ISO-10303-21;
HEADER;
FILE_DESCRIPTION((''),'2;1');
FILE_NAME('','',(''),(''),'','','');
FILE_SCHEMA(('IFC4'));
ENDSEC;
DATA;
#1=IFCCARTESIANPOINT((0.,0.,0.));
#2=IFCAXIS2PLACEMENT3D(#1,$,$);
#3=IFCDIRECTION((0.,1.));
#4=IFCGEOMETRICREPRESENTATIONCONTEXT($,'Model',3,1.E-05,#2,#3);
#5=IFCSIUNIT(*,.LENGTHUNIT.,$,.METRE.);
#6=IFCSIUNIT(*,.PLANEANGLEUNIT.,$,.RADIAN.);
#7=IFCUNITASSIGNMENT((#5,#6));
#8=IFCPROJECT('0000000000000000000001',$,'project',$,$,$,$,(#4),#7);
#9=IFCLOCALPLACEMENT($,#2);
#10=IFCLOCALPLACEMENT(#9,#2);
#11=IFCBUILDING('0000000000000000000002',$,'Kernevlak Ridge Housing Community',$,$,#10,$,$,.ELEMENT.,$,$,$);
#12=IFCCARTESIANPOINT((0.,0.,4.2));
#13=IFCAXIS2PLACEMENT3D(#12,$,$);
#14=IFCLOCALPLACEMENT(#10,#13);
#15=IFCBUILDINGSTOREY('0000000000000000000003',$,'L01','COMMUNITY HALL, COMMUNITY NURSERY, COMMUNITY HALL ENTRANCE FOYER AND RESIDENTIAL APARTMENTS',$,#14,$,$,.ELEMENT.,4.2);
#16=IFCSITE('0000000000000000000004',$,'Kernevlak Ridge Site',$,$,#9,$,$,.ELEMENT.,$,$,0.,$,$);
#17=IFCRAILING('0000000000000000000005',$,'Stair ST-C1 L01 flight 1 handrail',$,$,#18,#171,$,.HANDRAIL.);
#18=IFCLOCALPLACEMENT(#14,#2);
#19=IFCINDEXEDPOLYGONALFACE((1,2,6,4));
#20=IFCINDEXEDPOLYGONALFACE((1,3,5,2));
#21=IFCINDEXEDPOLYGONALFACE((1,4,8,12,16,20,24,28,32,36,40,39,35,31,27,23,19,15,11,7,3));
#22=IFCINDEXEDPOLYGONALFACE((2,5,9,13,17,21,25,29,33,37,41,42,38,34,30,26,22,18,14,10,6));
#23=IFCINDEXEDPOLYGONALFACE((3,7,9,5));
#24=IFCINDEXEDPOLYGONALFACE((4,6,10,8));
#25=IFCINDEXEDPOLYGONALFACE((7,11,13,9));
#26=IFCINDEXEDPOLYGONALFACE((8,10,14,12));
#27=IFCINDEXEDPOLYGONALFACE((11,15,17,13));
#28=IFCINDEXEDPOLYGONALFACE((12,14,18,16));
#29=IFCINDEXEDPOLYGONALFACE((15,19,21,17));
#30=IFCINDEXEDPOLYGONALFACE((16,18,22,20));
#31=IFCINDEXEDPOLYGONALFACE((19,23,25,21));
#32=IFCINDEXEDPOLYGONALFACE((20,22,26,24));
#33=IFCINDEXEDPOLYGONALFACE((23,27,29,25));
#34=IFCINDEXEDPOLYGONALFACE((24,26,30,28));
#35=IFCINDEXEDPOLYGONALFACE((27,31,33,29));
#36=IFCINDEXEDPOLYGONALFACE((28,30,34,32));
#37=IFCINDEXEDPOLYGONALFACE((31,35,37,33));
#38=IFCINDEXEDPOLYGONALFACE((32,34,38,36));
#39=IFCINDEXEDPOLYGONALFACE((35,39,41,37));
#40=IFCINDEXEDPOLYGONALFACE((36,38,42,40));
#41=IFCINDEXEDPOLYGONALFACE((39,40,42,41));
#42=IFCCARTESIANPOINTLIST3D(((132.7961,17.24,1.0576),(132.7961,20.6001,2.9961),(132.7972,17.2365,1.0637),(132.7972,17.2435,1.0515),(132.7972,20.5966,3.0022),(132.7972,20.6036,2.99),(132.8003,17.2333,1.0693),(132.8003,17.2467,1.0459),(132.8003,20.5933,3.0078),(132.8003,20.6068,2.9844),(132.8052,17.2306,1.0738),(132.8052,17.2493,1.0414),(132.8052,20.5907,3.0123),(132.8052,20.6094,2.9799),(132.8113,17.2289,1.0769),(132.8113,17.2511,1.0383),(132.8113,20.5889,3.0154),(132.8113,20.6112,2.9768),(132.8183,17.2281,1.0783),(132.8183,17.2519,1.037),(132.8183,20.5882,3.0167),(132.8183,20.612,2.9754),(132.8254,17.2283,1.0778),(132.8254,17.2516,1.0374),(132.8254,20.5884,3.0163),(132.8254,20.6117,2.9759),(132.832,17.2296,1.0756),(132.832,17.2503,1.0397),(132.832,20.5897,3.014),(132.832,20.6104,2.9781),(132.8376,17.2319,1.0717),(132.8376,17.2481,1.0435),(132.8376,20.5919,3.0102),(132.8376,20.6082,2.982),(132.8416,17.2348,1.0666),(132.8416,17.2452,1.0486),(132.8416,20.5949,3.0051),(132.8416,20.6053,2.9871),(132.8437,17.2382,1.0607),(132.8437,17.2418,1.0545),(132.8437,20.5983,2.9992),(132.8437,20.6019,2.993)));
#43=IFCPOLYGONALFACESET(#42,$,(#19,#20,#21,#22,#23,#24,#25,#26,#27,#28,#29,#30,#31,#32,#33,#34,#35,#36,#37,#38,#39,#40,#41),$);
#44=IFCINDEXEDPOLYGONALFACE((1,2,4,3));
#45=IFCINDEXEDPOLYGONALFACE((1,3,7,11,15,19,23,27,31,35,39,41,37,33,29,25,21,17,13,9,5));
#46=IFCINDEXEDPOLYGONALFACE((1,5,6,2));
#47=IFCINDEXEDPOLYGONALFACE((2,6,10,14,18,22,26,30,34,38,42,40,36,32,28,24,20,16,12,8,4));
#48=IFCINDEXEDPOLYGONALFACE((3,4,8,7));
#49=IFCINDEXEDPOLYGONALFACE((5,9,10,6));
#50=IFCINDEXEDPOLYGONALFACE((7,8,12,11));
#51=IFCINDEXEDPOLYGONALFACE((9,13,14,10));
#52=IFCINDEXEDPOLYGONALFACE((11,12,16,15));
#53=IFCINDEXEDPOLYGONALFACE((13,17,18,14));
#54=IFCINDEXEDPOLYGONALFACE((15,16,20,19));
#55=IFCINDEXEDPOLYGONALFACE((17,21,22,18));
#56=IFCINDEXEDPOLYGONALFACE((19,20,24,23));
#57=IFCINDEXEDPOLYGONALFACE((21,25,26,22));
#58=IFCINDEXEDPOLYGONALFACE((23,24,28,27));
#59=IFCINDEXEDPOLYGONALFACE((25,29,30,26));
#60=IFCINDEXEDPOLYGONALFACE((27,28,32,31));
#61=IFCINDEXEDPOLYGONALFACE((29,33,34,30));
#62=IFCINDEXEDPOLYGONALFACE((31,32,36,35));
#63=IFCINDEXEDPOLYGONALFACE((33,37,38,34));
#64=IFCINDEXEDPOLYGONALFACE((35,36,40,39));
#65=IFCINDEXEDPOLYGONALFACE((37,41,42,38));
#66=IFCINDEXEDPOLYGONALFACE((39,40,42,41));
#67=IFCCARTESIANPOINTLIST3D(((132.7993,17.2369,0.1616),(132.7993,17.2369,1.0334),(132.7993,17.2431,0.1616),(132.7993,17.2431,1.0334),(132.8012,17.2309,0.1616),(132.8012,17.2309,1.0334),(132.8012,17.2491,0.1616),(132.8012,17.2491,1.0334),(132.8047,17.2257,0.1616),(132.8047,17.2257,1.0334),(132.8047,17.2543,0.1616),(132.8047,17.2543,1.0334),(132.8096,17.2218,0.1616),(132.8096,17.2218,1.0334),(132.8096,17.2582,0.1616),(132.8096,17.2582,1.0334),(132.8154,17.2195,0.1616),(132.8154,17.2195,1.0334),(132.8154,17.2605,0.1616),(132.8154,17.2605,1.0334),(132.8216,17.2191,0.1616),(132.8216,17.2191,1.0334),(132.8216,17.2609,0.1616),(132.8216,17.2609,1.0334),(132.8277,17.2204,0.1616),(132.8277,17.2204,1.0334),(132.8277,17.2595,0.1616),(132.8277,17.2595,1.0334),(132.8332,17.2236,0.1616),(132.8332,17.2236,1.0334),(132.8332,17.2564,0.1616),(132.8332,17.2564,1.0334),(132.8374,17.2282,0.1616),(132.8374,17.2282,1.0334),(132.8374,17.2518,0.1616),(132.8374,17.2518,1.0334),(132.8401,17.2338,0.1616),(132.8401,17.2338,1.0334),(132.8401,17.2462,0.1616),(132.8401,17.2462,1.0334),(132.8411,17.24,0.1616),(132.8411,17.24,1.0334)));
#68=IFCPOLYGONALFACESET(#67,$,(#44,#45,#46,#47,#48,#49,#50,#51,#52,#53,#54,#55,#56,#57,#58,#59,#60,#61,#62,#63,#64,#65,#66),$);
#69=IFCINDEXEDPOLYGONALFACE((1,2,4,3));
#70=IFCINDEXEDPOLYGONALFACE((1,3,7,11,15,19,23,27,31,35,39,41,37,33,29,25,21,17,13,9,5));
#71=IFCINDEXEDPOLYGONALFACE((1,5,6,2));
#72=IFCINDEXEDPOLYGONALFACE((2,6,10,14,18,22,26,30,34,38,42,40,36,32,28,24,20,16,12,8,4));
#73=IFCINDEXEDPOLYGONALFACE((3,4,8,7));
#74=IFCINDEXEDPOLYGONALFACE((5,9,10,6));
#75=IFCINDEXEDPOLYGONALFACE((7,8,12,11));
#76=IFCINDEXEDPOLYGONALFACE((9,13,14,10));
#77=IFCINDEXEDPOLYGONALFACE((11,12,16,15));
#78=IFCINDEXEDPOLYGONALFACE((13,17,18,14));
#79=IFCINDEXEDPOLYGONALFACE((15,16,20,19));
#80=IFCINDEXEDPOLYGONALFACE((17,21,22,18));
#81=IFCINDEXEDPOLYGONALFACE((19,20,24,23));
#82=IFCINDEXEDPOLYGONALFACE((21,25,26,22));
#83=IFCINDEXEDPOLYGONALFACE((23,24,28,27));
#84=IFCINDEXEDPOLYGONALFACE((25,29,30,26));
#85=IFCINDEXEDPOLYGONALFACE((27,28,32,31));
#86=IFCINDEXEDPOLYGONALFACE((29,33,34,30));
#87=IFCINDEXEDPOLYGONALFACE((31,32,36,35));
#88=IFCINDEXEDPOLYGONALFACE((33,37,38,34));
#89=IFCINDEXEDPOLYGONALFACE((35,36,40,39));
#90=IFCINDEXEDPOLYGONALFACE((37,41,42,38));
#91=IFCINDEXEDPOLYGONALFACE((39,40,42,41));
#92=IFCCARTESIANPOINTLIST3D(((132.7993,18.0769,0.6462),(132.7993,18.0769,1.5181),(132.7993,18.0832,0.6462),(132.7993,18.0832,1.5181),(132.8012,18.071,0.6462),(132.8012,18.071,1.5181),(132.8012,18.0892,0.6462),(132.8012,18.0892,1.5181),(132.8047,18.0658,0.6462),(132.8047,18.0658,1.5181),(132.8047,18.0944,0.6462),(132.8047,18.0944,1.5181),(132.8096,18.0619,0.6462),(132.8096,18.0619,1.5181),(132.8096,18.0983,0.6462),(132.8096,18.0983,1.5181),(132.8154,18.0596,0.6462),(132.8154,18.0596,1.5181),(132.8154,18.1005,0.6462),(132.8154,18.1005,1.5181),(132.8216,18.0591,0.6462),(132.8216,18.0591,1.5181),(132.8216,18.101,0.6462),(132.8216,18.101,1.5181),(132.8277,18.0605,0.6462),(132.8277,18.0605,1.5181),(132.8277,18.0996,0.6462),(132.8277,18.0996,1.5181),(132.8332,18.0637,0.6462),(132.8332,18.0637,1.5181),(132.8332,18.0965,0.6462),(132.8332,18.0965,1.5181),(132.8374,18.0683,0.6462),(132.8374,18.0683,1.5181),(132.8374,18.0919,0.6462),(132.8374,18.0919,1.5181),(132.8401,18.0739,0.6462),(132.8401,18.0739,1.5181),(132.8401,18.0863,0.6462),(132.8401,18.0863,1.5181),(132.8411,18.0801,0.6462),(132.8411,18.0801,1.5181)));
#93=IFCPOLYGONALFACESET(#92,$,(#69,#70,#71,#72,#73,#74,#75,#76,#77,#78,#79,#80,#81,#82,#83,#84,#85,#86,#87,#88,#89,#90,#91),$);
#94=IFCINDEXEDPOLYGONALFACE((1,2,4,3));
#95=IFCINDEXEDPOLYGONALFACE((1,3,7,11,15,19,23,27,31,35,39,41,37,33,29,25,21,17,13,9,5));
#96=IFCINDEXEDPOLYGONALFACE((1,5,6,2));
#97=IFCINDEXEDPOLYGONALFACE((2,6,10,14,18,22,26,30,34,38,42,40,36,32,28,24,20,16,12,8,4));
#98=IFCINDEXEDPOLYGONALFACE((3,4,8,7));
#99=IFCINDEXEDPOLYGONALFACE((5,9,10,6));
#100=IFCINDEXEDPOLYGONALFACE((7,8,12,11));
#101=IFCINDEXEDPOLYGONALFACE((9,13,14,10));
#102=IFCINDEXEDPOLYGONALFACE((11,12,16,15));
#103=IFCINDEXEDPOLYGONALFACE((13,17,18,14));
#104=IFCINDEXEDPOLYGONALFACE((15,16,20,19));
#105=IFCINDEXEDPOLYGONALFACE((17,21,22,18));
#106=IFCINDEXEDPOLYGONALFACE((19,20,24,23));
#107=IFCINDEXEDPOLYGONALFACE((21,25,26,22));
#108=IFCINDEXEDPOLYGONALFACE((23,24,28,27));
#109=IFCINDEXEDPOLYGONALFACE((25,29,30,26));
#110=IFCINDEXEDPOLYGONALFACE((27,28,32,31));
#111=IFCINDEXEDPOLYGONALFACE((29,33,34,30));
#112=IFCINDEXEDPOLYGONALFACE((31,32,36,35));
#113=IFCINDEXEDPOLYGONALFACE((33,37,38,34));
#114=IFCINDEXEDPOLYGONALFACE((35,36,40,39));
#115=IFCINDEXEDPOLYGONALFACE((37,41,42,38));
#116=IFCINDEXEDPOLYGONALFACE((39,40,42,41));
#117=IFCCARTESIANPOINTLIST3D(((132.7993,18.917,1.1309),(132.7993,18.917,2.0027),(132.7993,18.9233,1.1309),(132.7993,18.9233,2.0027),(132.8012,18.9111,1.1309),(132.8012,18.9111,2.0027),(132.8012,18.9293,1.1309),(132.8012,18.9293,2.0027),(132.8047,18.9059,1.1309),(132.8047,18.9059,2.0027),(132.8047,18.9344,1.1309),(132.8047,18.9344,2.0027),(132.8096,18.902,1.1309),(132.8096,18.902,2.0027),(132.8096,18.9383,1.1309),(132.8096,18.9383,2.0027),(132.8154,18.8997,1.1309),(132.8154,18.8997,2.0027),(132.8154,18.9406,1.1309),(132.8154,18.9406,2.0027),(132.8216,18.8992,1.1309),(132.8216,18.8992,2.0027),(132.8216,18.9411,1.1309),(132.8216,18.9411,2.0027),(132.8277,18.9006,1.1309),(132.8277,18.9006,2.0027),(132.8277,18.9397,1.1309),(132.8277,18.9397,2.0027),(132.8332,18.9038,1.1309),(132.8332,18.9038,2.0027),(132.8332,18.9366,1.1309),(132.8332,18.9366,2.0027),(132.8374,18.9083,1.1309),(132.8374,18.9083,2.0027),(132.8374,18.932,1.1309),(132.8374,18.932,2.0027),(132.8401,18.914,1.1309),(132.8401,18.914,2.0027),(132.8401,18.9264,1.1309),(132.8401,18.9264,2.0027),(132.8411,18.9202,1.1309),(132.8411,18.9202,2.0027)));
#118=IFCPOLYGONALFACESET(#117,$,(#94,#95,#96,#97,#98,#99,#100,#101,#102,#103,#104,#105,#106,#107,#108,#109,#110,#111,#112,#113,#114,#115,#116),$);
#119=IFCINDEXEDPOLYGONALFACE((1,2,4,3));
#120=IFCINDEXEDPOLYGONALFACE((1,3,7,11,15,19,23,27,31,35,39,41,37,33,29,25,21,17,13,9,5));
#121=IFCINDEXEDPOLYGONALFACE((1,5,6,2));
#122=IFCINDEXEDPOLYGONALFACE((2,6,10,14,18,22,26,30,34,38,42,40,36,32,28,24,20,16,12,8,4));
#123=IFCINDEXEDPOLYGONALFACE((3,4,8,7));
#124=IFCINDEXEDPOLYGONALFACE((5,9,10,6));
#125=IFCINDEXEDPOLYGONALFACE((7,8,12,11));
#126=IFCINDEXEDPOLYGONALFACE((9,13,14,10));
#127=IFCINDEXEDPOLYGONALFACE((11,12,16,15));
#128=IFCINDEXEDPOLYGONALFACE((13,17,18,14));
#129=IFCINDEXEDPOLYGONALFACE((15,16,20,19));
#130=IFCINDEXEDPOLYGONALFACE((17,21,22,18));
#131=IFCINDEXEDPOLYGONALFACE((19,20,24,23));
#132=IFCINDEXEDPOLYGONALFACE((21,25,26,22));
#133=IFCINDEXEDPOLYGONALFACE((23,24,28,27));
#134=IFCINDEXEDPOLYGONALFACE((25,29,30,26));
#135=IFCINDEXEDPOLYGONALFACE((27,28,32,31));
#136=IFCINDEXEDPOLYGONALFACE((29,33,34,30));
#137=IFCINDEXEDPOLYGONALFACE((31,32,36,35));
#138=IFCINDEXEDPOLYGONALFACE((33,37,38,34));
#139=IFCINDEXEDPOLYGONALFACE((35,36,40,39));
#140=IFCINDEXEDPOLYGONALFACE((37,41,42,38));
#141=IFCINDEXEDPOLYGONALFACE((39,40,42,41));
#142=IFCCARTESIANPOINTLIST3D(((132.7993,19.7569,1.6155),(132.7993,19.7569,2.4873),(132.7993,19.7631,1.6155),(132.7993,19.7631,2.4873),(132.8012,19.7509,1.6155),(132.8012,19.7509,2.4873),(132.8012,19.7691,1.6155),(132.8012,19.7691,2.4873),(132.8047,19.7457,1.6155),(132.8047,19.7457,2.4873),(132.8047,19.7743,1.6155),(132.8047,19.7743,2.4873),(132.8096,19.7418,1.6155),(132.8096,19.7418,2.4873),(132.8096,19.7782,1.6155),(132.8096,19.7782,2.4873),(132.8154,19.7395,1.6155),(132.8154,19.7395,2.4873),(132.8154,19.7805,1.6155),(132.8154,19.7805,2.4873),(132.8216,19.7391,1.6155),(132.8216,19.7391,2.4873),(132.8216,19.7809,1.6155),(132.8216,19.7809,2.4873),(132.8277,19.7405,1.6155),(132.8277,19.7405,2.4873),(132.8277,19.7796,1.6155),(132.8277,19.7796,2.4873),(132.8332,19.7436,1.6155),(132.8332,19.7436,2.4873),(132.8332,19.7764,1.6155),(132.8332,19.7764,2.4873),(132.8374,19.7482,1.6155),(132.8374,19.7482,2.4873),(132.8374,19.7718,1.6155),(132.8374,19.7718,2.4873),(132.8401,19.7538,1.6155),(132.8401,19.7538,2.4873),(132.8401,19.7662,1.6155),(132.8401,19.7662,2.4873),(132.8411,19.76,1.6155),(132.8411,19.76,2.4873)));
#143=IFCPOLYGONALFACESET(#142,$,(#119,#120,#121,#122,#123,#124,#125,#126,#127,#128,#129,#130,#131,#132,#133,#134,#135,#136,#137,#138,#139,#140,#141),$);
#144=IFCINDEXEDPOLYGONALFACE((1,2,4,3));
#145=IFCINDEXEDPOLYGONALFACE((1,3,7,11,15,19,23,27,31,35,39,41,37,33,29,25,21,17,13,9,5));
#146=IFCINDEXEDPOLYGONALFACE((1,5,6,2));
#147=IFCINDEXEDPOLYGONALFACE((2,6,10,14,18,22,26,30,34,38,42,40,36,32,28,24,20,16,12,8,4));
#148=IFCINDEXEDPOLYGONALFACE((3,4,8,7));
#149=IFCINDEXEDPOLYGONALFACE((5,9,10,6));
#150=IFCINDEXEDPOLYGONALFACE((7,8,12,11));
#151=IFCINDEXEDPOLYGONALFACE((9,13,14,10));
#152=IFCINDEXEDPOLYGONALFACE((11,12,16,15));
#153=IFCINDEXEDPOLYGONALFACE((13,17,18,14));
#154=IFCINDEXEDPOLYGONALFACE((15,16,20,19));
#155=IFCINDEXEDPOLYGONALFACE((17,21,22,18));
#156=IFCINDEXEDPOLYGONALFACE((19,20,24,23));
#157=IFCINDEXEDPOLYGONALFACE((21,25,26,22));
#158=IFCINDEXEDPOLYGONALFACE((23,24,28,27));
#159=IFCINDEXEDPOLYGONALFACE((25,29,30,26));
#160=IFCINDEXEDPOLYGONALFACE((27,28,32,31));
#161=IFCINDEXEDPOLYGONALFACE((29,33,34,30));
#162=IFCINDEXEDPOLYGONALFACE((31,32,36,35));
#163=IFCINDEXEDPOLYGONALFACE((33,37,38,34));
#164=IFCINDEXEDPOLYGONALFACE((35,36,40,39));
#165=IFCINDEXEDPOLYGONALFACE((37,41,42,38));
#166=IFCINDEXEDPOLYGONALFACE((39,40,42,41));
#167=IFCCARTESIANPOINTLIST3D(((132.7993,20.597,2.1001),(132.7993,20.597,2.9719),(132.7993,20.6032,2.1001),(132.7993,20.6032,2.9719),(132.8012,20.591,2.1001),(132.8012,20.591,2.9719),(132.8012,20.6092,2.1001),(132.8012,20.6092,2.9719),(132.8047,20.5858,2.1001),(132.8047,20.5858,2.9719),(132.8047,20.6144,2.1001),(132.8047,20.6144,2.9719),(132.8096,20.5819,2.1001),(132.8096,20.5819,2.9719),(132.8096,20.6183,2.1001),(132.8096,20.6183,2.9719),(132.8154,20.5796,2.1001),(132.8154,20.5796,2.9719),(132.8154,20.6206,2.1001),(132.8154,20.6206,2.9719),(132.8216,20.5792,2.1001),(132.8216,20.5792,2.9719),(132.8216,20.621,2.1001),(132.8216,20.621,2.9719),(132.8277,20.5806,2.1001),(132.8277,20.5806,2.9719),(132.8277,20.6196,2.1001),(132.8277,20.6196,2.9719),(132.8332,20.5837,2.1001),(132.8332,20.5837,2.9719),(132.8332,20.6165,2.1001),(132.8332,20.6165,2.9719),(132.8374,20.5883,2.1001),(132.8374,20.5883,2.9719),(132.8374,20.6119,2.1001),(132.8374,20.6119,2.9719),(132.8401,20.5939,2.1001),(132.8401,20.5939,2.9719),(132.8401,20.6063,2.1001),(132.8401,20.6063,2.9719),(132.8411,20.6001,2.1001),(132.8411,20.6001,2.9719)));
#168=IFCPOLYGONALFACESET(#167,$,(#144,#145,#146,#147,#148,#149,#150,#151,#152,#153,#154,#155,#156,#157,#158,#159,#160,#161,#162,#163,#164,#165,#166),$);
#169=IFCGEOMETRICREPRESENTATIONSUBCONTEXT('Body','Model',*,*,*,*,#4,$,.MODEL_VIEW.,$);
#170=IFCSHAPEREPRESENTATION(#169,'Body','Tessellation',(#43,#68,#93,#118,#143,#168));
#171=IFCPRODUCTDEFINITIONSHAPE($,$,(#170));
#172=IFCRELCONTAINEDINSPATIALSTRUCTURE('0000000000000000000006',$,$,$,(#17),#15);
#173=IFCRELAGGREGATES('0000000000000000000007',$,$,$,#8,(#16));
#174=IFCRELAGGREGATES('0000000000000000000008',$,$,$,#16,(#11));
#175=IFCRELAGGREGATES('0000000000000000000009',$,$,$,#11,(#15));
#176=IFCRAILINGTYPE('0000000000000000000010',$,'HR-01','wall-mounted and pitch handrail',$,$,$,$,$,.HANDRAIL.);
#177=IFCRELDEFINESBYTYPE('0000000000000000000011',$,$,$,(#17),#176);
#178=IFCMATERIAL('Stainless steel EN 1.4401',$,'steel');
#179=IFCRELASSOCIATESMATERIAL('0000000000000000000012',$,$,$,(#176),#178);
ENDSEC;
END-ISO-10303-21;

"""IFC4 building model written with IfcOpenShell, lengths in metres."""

from ifc_helpers import new_model, si_unit, direction, frame, origin, origin_2d, place, context, subcontext, project, spatial, circle, extrude, material, type_object, element, save


model = new_model("IFC4")

# Units and contexts
model_context = context("Model", 3, precision=1e-05, world=origin(), true_north=direction((0.0, 1.0)))
body_context = subcontext(model_context, "Body", "Model", "MODEL_VIEW")
ifc_project = project(units=[si_unit("LENGTHUNIT", "METRE"), si_unit("PLANEANGLEUNIT", "RADIAN")], contexts=[model_context])

# Site, building, storey
site_placement = place(None, origin())
site = spatial("IfcSite", under=ifc_project, at=site_placement, Name="Kernevlak Ridge Site", CompositionType="ELEMENT", RefElevation=0.0)
building_placement = place(site_placement, origin())
building = spatial("IfcBuilding", under=site, at=building_placement, Name="Kernevlak Ridge Housing Community", CompositionType="ELEMENT")
storey_placement = place(building_placement, frame((0.0, 0.0, 4.2)))
storey = spatial("IfcBuildingStorey", under=building, at=storey_placement, Name="L01", Description="COMMUNITY HALL, COMMUNITY NURSERY, COMMUNITY HALL ENTRANCE FOYER AND RESIDENTIAL APARTMENTS", CompositionType="ELEMENT", Elevation=4.2)

# Railing
ifc_material_1 = material(Name="Stainless steel EN 1.4401", Category="steel")
railing_type = type_object("IfcRailingType", Name="HR-01", Description="wall-mounted and pitch handrail", PredefinedType="HANDRAIL", material=ifc_material_1)
railing_placement = place(storey_placement, frame((132.8201, 17.24, 0.1616)))
element("IfcRailing", 1, at=railing_placement, inside=storey, type_object=railing_type, Name="Stair ST-C1 L01 flight 1 handrail", PredefinedType="HANDRAIL", context=body_context, shape_type="SweptSolid", body=[
    extrude(circle(Radius=0.0239, at=origin_2d()), frame((0.0, 0.0, 0.896), z_axis=(0.0, 0.866191, 0.499713), x_axis=(-1.0, 0.0, 0.0)), (0.0, 0.0, 1.0), 3.8792),
    extrude(circle(Radius=0.021, at=origin_2d()), origin(), (0.0, 0.0, 1.0), 0.8718),
    extrude(circle(Radius=0.021, at=origin_2d()), frame((0.0, 0.8401, 0.4846)), (0.0, 0.0, 1.0), 0.8718),
    extrude(circle(Radius=0.021, at=origin_2d()), frame((0.0, 1.6802, 0.9692)), (0.0, 0.0, 1.0), 0.8718),
    extrude(circle(Radius=0.021, at=origin_2d()), frame((0.0, 2.52, 1.4539)), (0.0, 0.0, 1.0), 0.8718),
    extrude(circle(Radius=0.021, at=origin_2d()), frame((0.0, 3.3601, 1.9385)), (0.0, 0.0, 1.0), 0.8718),
])

save(model, "model.ifc")
